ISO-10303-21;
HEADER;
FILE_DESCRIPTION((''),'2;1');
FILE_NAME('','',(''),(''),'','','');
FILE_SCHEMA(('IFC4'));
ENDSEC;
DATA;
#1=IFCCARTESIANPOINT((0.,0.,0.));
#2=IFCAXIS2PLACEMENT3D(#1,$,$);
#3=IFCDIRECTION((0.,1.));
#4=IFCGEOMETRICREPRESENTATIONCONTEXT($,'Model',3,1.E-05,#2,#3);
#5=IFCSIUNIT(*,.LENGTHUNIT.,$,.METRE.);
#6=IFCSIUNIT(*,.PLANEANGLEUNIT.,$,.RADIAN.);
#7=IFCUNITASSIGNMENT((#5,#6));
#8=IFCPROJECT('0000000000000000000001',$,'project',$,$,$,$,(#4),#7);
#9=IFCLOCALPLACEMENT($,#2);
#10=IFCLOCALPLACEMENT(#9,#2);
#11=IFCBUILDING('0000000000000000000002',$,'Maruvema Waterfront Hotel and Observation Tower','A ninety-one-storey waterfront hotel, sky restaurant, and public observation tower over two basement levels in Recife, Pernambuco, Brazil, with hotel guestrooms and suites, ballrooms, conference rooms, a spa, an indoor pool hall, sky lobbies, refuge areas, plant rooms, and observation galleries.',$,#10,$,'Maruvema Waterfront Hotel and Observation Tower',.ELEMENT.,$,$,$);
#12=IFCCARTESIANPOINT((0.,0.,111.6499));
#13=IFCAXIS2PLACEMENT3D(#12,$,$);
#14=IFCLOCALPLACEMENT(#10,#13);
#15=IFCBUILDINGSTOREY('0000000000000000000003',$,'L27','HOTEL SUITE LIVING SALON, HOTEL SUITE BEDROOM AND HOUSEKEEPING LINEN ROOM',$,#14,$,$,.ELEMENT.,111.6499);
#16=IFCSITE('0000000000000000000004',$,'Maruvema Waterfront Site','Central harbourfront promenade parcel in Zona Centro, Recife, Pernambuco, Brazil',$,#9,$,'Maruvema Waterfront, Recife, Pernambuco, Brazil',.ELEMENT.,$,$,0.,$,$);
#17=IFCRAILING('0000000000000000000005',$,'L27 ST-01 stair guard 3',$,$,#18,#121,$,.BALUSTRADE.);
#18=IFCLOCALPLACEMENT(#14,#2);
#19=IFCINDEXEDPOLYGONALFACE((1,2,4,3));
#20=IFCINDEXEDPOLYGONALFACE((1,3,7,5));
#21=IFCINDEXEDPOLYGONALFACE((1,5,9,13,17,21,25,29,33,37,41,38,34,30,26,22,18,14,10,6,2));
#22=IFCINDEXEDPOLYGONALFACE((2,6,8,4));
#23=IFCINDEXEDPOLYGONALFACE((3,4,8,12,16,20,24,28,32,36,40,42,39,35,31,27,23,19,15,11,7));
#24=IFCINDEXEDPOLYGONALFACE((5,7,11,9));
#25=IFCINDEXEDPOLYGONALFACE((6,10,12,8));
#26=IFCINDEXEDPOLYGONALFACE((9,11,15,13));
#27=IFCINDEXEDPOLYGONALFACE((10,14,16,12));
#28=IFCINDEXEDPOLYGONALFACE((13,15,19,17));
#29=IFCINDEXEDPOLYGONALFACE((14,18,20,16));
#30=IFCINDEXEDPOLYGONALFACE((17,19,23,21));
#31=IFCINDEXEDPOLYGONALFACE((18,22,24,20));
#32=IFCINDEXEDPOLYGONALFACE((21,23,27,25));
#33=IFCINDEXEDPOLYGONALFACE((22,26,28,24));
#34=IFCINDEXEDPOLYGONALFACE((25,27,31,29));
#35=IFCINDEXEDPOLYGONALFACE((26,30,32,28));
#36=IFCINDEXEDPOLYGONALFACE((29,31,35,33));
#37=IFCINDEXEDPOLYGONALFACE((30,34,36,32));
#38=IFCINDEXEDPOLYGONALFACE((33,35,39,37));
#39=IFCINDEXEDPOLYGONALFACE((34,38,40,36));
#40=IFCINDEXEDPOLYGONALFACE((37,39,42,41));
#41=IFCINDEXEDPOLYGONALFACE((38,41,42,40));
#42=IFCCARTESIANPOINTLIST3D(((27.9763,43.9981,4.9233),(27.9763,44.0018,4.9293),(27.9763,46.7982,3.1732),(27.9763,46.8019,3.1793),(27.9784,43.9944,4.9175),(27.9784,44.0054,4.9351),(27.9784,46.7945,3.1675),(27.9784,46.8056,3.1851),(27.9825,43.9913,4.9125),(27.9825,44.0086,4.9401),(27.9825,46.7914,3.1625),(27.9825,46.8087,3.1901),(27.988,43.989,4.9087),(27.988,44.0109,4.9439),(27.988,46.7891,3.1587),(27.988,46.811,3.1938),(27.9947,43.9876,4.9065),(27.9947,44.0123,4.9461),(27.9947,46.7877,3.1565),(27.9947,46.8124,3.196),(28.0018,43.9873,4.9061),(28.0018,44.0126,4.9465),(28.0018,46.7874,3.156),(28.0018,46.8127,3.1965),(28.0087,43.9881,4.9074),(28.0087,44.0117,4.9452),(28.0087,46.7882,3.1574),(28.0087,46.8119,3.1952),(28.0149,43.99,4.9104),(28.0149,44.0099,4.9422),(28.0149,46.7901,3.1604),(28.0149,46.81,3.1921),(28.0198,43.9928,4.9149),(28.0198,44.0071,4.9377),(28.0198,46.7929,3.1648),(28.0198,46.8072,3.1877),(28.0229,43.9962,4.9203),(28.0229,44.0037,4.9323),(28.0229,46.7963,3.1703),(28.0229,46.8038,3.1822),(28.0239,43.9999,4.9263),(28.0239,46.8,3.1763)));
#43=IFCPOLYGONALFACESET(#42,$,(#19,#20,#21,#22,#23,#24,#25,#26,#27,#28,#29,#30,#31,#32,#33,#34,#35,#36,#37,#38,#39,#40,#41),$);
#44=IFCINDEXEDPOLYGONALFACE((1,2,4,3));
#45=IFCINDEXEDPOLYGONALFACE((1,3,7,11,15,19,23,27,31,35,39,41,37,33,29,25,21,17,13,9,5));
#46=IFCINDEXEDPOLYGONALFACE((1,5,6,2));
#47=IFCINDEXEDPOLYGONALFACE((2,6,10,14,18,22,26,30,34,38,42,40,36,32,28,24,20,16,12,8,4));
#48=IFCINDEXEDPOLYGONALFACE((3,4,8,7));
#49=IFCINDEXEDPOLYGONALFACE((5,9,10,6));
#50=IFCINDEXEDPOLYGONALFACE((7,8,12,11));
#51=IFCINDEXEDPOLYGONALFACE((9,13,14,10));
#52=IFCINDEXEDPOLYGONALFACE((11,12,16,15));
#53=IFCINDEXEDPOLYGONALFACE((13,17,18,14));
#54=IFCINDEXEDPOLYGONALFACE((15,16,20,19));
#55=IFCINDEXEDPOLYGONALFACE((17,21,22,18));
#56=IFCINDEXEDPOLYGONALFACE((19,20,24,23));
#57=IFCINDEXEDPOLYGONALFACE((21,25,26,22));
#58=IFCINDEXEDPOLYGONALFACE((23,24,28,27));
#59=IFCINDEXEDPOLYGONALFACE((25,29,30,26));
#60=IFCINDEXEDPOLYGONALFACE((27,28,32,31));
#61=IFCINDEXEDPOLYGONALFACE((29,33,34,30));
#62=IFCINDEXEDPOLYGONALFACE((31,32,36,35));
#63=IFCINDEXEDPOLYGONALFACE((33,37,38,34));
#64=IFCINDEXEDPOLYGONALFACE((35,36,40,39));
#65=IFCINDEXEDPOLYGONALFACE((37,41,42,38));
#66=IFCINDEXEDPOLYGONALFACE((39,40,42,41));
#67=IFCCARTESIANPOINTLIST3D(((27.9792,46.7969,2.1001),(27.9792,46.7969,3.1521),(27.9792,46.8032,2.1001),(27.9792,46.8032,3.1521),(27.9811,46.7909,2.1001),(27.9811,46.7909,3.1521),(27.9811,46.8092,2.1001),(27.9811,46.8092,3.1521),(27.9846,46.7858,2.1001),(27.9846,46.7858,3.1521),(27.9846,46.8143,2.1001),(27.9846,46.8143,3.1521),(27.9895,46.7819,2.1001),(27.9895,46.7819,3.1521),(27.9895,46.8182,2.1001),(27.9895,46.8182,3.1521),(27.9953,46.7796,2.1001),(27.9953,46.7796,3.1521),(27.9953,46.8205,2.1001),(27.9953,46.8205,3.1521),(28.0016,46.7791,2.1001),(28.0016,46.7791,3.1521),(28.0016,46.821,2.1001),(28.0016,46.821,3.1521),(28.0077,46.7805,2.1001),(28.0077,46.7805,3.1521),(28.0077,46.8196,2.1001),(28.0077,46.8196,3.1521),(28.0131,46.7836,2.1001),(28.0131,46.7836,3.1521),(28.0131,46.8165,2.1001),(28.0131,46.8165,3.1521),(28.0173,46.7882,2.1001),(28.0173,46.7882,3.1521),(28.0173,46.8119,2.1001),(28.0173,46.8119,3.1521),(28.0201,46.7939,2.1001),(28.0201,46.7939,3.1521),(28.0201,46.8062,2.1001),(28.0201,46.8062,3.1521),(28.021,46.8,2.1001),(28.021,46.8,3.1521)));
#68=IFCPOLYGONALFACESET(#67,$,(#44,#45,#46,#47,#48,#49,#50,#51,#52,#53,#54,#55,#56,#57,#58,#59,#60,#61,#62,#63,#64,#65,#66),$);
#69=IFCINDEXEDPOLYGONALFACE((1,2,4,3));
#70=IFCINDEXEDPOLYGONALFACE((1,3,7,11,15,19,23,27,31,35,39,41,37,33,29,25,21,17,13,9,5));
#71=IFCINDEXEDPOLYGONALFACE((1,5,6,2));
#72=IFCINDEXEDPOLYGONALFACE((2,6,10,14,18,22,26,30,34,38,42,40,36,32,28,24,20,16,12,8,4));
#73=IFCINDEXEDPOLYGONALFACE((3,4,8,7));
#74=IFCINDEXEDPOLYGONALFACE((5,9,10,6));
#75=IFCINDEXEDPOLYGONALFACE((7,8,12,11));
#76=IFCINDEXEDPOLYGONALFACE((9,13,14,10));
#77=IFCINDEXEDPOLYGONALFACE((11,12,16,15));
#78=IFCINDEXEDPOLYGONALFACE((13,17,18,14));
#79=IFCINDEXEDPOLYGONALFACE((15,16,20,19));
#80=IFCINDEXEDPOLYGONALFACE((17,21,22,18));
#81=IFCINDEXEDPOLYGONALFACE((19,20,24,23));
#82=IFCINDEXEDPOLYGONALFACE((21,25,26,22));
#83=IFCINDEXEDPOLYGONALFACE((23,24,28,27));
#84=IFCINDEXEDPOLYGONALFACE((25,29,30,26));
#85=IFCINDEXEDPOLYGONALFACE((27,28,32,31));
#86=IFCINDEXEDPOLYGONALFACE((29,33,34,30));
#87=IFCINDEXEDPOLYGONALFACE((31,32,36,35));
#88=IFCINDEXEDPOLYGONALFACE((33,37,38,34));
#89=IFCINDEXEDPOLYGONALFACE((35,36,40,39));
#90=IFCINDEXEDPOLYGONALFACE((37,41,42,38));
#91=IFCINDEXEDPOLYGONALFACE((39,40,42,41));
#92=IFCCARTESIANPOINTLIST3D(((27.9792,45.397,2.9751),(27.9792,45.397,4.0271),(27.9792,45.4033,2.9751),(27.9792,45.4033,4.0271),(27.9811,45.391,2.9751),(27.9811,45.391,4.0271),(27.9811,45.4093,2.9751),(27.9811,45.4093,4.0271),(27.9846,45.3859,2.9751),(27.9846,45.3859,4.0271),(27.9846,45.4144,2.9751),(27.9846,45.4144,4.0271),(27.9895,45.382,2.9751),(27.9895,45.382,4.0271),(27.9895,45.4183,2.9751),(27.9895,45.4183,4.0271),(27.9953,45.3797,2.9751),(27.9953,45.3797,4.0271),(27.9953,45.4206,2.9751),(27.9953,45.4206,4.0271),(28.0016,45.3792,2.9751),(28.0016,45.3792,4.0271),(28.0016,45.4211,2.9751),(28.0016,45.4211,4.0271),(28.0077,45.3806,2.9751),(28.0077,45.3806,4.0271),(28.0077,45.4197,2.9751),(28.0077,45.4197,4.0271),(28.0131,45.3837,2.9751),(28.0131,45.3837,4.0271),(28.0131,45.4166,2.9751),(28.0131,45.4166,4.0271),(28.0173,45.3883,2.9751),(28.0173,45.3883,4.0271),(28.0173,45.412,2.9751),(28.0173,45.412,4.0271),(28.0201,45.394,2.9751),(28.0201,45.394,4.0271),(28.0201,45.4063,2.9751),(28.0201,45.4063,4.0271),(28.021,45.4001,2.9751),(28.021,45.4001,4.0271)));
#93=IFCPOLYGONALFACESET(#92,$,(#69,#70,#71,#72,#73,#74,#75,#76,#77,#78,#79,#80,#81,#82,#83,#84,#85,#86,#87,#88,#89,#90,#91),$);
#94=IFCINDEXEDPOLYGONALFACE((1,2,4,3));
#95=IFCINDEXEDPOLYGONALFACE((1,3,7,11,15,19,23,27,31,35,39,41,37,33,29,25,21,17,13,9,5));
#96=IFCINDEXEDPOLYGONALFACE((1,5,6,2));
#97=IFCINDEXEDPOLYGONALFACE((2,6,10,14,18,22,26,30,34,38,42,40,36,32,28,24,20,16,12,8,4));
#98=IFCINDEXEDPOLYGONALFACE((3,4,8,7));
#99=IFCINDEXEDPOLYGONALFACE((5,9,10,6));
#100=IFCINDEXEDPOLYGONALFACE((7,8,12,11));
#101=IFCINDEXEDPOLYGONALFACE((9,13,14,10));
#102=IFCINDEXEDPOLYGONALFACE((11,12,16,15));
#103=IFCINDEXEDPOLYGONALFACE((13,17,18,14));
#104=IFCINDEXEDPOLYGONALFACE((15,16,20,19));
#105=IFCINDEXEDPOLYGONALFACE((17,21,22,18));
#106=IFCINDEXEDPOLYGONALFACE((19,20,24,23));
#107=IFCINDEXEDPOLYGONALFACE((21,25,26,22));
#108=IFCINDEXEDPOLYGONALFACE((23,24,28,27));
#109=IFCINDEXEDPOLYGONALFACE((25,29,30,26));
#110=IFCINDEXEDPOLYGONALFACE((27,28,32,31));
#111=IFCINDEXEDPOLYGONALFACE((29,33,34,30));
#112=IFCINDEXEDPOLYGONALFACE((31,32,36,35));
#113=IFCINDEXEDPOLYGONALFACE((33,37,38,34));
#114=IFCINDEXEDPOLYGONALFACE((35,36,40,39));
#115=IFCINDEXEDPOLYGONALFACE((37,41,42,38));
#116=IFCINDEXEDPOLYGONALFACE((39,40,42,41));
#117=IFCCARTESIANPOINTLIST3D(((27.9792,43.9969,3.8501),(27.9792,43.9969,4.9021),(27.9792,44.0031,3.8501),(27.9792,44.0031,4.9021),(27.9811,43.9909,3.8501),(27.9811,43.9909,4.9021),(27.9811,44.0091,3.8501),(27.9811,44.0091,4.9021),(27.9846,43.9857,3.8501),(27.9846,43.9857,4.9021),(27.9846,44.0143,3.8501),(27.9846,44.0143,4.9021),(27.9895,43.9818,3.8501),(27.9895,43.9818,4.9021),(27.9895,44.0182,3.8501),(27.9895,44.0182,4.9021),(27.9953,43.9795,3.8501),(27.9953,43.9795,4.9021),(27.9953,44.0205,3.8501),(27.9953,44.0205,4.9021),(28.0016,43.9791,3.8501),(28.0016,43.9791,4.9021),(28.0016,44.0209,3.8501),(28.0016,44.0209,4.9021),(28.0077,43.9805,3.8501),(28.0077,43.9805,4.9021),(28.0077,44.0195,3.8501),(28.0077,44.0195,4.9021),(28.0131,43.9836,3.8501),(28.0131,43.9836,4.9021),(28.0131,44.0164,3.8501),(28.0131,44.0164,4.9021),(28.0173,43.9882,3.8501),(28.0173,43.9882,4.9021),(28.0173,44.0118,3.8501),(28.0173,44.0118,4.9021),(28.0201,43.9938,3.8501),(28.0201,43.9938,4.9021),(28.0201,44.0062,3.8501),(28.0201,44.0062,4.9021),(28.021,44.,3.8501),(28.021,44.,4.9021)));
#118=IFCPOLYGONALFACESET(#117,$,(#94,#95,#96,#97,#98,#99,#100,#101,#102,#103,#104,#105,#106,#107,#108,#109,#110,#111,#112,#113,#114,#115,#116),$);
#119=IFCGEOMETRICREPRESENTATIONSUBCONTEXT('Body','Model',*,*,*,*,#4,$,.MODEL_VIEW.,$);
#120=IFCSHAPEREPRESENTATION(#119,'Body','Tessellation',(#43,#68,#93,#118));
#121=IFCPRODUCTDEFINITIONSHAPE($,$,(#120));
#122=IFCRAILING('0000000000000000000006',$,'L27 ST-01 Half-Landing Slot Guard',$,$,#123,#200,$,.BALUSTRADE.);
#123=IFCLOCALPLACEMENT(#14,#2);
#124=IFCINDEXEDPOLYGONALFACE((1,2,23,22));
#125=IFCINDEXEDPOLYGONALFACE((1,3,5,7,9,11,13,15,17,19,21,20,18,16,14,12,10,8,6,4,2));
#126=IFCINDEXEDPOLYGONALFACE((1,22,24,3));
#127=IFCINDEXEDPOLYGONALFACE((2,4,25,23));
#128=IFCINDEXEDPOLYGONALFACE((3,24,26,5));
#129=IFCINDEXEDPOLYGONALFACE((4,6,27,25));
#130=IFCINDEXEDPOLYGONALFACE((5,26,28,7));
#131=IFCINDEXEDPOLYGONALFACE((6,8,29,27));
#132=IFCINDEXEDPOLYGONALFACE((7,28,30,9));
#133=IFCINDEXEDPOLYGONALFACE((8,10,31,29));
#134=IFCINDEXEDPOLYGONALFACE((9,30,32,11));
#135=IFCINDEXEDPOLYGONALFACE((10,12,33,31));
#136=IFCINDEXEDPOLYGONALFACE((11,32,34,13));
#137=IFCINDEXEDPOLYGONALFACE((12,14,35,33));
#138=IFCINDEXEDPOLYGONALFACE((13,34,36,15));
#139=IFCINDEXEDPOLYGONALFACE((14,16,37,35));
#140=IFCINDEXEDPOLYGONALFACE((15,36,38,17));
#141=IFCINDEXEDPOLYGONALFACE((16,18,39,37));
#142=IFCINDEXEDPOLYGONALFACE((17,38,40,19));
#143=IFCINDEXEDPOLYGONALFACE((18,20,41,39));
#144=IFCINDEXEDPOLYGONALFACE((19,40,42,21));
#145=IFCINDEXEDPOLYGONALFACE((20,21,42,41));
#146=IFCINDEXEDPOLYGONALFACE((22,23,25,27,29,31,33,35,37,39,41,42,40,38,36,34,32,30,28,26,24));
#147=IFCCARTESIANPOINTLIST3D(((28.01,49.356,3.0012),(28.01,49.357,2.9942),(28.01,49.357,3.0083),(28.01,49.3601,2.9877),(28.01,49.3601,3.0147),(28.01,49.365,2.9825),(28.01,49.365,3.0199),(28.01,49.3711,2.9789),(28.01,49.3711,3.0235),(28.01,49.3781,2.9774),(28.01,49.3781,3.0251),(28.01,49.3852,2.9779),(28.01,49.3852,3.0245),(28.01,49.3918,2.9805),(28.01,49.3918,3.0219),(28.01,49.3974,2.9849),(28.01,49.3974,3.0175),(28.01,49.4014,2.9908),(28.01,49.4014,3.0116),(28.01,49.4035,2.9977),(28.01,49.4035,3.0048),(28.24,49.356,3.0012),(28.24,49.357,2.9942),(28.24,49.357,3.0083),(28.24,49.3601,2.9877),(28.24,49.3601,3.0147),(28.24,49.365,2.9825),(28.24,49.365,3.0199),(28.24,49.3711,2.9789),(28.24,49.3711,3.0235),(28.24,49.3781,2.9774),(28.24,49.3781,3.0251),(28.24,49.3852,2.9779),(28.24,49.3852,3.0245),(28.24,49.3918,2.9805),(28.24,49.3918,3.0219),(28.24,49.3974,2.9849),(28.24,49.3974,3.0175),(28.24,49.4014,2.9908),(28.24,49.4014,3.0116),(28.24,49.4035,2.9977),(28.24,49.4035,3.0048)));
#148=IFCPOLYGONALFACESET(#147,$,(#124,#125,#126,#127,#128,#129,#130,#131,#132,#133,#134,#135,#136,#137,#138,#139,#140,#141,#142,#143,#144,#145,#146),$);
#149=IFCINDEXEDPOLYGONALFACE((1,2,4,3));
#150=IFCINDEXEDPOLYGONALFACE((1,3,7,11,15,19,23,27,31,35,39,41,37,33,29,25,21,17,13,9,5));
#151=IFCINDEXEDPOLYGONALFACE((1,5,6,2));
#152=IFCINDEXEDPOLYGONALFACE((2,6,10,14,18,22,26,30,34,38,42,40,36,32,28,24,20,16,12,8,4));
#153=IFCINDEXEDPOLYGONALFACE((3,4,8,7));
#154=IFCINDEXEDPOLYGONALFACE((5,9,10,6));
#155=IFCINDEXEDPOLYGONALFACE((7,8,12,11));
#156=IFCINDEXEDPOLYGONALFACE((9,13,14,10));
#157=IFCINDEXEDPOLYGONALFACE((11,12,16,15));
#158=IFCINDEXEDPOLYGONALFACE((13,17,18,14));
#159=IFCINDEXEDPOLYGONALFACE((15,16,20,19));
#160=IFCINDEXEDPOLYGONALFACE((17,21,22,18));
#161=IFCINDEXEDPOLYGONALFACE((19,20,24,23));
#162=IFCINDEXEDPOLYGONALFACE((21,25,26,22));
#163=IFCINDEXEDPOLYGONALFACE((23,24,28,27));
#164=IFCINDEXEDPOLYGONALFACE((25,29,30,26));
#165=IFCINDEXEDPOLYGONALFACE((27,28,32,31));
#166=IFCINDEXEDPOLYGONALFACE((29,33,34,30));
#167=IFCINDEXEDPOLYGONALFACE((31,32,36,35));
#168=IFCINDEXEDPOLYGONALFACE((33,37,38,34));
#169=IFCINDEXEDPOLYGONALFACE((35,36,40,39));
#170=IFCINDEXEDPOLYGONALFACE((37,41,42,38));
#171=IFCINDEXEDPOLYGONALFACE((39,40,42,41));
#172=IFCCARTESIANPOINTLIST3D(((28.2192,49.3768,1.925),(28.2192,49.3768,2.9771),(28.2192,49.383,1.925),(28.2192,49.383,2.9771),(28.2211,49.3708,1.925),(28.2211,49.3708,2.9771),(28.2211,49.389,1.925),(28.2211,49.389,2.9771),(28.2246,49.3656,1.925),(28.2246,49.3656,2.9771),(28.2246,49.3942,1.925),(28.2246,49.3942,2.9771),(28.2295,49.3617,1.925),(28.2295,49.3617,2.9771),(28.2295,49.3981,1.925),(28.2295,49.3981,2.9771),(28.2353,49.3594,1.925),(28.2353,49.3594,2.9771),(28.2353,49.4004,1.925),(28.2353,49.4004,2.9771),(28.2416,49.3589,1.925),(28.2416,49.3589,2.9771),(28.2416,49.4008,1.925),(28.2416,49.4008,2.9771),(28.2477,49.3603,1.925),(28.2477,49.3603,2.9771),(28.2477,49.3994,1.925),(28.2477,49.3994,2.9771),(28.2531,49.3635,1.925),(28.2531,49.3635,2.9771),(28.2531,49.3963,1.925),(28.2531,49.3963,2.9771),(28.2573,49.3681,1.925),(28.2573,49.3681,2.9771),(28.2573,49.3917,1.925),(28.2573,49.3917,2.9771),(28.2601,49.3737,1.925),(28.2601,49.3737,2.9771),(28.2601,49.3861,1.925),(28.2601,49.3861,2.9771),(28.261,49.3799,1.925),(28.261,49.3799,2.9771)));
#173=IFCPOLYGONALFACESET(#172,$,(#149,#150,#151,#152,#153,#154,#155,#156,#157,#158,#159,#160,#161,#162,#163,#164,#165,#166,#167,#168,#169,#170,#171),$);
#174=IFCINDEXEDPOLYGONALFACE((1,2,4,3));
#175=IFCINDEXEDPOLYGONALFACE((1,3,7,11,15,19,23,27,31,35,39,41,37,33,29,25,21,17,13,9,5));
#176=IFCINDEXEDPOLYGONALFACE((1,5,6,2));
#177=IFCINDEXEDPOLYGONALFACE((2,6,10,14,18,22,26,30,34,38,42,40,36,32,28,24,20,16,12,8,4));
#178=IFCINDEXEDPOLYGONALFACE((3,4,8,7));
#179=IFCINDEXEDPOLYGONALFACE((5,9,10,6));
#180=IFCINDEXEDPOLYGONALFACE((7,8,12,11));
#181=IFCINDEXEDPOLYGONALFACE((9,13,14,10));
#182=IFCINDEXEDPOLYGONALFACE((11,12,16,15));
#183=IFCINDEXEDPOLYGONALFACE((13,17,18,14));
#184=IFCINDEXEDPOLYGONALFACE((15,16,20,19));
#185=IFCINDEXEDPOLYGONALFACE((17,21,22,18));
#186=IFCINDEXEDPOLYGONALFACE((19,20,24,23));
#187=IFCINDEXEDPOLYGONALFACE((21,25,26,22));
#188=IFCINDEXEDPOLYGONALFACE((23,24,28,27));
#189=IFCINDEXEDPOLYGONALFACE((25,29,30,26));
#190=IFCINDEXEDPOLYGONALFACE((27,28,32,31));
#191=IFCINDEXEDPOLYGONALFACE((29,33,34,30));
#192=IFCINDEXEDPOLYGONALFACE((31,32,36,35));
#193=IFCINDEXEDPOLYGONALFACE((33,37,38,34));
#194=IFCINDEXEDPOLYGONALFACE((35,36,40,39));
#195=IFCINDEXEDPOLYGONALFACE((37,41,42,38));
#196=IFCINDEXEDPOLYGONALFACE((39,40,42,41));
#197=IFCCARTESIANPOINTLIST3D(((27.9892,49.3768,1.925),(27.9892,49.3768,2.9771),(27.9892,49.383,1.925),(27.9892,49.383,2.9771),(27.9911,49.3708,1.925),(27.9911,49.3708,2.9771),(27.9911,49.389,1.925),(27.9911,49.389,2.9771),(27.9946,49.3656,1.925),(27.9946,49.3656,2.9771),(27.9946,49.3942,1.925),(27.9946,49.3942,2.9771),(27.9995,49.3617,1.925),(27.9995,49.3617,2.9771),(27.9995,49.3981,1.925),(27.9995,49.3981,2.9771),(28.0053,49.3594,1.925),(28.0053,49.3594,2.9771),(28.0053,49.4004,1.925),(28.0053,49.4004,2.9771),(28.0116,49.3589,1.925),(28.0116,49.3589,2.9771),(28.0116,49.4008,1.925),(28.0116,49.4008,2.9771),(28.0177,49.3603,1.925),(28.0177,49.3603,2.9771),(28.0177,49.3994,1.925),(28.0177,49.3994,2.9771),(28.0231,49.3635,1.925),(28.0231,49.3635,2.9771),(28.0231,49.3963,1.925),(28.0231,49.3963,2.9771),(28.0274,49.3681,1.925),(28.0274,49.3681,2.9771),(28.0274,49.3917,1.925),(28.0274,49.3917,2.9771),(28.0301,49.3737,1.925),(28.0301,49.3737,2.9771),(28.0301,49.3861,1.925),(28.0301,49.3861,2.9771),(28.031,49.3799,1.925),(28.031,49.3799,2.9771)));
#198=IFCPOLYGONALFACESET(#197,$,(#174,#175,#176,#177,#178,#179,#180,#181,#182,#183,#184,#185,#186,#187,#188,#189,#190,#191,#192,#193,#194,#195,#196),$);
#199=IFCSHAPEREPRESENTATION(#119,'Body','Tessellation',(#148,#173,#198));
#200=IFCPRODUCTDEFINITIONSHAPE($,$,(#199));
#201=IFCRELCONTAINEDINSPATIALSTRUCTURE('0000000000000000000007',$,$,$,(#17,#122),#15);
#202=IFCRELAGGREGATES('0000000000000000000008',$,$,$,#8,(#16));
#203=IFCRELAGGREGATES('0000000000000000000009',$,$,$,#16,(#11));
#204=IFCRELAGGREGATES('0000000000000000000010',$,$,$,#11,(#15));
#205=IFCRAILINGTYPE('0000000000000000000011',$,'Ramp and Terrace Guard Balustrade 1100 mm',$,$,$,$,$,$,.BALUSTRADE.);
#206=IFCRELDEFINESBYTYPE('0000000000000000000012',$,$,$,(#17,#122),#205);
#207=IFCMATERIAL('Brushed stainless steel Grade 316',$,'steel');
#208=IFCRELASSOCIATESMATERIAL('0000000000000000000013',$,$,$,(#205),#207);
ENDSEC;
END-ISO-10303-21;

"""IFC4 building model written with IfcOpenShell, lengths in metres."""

from ifc_helpers import new_model, si_unit, direction, frame, origin, origin_2d, place, context, subcontext, project, spatial, circle, extrude, material, type_object, element, save


model = new_model("IFC4")

# Units and contexts
model_context = context("Model", 3, precision=1e-05, world=origin(), true_north=direction((0.0, 1.0)))
body_context = subcontext(model_context, "Body", "Model", "MODEL_VIEW")
ifc_project = project(units=[si_unit("LENGTHUNIT", "METRE"), si_unit("PLANEANGLEUNIT", "RADIAN")], contexts=[model_context])

# Site, building, storey
site_placement = place(None, origin())
site = spatial("IfcSite", under=ifc_project, at=site_placement, Name="Maruvema Waterfront Site", Description="Central harbourfront promenade parcel in Zona Centro, Recife, Pernambuco, Brazil", LongName="Maruvema Waterfront, Recife, Pernambuco, Brazil", CompositionType="ELEMENT", RefElevation=0.0)
building_placement = place(site_placement, origin())
building = spatial("IfcBuilding", under=site, at=building_placement, Name="Maruvema Waterfront Hotel and Observation Tower", Description="A ninety-one-storey waterfront hotel, sky restaurant, and public observation tower over two basement levels in Recife, Pernambuco, Brazil, with hotel guestrooms and suites, ballrooms, conference rooms, a spa, an indoor pool hall, sky lobbies, refuge areas, plant rooms, and observation galleries.", LongName="Maruvema Waterfront Hotel and Observation Tower", CompositionType="ELEMENT")
storey_placement = place(building_placement, frame((0.0, 0.0, 111.6499)))
storey = spatial("IfcBuildingStorey", under=building, at=storey_placement, Name="L27", Description="HOTEL SUITE LIVING SALON, HOTEL SUITE BEDROOM AND HOUSEKEEPING LINEN ROOM", CompositionType="ELEMENT", Elevation=111.6499)

# Railings
ifc_material_1 = material(Name="Brushed stainless steel Grade 316", Category="steel")
railing_type_1 = type_object("IfcRailingType", Name="Ramp and Terrace Guard Balustrade 1100 mm", PredefinedType="BALUSTRADE", material=ifc_material_1)
railing_1_placement = place(storey_placement, frame((28.0, 46.8, 2.1001)))
element("IfcRailing", 1, at=railing_1_placement, inside=storey, type_object=railing_type_1, Name="L27 ST-01 stair guard 3", PredefinedType="BALUSTRADE", context=body_context, shape_type="SweptSolid", body=[
    extrude(circle(Radius=0.0239, at=origin_2d()), frame((0.0, 0.0, 1.0762), z_axis=(0.0, -0.848002, 0.529992), x_axis=(1.0, 0.0, 0.0)), (0.0, 0.0, 1.0), 3.302),
    extrude(circle(Radius=0.021, at=origin_2d()), origin(), (0.0, 0.0, 1.0), 1.052),
    extrude(circle(Radius=0.021, at=origin_2d()), frame((0.0, -1.3999, 0.875)), (0.0, 0.0, 1.0), 1.052),
    extrude(circle(Radius=0.021, at=origin_2d()), frame((0.0, -2.8, 1.75)), (0.0, 0.0, 1.0), 1.052),
])
railing_2_placement = place(storey_placement, frame((28.24, 49.3799, 1.925)))
element("IfcRailing", 2, at=railing_2_placement, inside=storey, type_object=railing_type_1, Name="L27 ST-01 Half-Landing Slot Guard", PredefinedType="BALUSTRADE", context=body_context, shape_type="SweptSolid", body=[
    extrude(circle(Radius=0.0239, at=origin_2d()), frame((0.0, 0.0, 1.0762), z_axis=(-1.0, 0.0, 0.0), x_axis=(0.0, -1.0, 0.0)), (0.0, 0.0, 1.0), 0.23),
    extrude(circle(Radius=0.021, at=origin_2d()), origin(), (0.0, 0.0, 1.0), 1.052),
    extrude(circle(Radius=0.021, at=origin_2d()), frame((-0.23, 0.0, 0.0)), (0.0, 0.0, 1.0), 1.052),
])

save(model, "model.ifc")
